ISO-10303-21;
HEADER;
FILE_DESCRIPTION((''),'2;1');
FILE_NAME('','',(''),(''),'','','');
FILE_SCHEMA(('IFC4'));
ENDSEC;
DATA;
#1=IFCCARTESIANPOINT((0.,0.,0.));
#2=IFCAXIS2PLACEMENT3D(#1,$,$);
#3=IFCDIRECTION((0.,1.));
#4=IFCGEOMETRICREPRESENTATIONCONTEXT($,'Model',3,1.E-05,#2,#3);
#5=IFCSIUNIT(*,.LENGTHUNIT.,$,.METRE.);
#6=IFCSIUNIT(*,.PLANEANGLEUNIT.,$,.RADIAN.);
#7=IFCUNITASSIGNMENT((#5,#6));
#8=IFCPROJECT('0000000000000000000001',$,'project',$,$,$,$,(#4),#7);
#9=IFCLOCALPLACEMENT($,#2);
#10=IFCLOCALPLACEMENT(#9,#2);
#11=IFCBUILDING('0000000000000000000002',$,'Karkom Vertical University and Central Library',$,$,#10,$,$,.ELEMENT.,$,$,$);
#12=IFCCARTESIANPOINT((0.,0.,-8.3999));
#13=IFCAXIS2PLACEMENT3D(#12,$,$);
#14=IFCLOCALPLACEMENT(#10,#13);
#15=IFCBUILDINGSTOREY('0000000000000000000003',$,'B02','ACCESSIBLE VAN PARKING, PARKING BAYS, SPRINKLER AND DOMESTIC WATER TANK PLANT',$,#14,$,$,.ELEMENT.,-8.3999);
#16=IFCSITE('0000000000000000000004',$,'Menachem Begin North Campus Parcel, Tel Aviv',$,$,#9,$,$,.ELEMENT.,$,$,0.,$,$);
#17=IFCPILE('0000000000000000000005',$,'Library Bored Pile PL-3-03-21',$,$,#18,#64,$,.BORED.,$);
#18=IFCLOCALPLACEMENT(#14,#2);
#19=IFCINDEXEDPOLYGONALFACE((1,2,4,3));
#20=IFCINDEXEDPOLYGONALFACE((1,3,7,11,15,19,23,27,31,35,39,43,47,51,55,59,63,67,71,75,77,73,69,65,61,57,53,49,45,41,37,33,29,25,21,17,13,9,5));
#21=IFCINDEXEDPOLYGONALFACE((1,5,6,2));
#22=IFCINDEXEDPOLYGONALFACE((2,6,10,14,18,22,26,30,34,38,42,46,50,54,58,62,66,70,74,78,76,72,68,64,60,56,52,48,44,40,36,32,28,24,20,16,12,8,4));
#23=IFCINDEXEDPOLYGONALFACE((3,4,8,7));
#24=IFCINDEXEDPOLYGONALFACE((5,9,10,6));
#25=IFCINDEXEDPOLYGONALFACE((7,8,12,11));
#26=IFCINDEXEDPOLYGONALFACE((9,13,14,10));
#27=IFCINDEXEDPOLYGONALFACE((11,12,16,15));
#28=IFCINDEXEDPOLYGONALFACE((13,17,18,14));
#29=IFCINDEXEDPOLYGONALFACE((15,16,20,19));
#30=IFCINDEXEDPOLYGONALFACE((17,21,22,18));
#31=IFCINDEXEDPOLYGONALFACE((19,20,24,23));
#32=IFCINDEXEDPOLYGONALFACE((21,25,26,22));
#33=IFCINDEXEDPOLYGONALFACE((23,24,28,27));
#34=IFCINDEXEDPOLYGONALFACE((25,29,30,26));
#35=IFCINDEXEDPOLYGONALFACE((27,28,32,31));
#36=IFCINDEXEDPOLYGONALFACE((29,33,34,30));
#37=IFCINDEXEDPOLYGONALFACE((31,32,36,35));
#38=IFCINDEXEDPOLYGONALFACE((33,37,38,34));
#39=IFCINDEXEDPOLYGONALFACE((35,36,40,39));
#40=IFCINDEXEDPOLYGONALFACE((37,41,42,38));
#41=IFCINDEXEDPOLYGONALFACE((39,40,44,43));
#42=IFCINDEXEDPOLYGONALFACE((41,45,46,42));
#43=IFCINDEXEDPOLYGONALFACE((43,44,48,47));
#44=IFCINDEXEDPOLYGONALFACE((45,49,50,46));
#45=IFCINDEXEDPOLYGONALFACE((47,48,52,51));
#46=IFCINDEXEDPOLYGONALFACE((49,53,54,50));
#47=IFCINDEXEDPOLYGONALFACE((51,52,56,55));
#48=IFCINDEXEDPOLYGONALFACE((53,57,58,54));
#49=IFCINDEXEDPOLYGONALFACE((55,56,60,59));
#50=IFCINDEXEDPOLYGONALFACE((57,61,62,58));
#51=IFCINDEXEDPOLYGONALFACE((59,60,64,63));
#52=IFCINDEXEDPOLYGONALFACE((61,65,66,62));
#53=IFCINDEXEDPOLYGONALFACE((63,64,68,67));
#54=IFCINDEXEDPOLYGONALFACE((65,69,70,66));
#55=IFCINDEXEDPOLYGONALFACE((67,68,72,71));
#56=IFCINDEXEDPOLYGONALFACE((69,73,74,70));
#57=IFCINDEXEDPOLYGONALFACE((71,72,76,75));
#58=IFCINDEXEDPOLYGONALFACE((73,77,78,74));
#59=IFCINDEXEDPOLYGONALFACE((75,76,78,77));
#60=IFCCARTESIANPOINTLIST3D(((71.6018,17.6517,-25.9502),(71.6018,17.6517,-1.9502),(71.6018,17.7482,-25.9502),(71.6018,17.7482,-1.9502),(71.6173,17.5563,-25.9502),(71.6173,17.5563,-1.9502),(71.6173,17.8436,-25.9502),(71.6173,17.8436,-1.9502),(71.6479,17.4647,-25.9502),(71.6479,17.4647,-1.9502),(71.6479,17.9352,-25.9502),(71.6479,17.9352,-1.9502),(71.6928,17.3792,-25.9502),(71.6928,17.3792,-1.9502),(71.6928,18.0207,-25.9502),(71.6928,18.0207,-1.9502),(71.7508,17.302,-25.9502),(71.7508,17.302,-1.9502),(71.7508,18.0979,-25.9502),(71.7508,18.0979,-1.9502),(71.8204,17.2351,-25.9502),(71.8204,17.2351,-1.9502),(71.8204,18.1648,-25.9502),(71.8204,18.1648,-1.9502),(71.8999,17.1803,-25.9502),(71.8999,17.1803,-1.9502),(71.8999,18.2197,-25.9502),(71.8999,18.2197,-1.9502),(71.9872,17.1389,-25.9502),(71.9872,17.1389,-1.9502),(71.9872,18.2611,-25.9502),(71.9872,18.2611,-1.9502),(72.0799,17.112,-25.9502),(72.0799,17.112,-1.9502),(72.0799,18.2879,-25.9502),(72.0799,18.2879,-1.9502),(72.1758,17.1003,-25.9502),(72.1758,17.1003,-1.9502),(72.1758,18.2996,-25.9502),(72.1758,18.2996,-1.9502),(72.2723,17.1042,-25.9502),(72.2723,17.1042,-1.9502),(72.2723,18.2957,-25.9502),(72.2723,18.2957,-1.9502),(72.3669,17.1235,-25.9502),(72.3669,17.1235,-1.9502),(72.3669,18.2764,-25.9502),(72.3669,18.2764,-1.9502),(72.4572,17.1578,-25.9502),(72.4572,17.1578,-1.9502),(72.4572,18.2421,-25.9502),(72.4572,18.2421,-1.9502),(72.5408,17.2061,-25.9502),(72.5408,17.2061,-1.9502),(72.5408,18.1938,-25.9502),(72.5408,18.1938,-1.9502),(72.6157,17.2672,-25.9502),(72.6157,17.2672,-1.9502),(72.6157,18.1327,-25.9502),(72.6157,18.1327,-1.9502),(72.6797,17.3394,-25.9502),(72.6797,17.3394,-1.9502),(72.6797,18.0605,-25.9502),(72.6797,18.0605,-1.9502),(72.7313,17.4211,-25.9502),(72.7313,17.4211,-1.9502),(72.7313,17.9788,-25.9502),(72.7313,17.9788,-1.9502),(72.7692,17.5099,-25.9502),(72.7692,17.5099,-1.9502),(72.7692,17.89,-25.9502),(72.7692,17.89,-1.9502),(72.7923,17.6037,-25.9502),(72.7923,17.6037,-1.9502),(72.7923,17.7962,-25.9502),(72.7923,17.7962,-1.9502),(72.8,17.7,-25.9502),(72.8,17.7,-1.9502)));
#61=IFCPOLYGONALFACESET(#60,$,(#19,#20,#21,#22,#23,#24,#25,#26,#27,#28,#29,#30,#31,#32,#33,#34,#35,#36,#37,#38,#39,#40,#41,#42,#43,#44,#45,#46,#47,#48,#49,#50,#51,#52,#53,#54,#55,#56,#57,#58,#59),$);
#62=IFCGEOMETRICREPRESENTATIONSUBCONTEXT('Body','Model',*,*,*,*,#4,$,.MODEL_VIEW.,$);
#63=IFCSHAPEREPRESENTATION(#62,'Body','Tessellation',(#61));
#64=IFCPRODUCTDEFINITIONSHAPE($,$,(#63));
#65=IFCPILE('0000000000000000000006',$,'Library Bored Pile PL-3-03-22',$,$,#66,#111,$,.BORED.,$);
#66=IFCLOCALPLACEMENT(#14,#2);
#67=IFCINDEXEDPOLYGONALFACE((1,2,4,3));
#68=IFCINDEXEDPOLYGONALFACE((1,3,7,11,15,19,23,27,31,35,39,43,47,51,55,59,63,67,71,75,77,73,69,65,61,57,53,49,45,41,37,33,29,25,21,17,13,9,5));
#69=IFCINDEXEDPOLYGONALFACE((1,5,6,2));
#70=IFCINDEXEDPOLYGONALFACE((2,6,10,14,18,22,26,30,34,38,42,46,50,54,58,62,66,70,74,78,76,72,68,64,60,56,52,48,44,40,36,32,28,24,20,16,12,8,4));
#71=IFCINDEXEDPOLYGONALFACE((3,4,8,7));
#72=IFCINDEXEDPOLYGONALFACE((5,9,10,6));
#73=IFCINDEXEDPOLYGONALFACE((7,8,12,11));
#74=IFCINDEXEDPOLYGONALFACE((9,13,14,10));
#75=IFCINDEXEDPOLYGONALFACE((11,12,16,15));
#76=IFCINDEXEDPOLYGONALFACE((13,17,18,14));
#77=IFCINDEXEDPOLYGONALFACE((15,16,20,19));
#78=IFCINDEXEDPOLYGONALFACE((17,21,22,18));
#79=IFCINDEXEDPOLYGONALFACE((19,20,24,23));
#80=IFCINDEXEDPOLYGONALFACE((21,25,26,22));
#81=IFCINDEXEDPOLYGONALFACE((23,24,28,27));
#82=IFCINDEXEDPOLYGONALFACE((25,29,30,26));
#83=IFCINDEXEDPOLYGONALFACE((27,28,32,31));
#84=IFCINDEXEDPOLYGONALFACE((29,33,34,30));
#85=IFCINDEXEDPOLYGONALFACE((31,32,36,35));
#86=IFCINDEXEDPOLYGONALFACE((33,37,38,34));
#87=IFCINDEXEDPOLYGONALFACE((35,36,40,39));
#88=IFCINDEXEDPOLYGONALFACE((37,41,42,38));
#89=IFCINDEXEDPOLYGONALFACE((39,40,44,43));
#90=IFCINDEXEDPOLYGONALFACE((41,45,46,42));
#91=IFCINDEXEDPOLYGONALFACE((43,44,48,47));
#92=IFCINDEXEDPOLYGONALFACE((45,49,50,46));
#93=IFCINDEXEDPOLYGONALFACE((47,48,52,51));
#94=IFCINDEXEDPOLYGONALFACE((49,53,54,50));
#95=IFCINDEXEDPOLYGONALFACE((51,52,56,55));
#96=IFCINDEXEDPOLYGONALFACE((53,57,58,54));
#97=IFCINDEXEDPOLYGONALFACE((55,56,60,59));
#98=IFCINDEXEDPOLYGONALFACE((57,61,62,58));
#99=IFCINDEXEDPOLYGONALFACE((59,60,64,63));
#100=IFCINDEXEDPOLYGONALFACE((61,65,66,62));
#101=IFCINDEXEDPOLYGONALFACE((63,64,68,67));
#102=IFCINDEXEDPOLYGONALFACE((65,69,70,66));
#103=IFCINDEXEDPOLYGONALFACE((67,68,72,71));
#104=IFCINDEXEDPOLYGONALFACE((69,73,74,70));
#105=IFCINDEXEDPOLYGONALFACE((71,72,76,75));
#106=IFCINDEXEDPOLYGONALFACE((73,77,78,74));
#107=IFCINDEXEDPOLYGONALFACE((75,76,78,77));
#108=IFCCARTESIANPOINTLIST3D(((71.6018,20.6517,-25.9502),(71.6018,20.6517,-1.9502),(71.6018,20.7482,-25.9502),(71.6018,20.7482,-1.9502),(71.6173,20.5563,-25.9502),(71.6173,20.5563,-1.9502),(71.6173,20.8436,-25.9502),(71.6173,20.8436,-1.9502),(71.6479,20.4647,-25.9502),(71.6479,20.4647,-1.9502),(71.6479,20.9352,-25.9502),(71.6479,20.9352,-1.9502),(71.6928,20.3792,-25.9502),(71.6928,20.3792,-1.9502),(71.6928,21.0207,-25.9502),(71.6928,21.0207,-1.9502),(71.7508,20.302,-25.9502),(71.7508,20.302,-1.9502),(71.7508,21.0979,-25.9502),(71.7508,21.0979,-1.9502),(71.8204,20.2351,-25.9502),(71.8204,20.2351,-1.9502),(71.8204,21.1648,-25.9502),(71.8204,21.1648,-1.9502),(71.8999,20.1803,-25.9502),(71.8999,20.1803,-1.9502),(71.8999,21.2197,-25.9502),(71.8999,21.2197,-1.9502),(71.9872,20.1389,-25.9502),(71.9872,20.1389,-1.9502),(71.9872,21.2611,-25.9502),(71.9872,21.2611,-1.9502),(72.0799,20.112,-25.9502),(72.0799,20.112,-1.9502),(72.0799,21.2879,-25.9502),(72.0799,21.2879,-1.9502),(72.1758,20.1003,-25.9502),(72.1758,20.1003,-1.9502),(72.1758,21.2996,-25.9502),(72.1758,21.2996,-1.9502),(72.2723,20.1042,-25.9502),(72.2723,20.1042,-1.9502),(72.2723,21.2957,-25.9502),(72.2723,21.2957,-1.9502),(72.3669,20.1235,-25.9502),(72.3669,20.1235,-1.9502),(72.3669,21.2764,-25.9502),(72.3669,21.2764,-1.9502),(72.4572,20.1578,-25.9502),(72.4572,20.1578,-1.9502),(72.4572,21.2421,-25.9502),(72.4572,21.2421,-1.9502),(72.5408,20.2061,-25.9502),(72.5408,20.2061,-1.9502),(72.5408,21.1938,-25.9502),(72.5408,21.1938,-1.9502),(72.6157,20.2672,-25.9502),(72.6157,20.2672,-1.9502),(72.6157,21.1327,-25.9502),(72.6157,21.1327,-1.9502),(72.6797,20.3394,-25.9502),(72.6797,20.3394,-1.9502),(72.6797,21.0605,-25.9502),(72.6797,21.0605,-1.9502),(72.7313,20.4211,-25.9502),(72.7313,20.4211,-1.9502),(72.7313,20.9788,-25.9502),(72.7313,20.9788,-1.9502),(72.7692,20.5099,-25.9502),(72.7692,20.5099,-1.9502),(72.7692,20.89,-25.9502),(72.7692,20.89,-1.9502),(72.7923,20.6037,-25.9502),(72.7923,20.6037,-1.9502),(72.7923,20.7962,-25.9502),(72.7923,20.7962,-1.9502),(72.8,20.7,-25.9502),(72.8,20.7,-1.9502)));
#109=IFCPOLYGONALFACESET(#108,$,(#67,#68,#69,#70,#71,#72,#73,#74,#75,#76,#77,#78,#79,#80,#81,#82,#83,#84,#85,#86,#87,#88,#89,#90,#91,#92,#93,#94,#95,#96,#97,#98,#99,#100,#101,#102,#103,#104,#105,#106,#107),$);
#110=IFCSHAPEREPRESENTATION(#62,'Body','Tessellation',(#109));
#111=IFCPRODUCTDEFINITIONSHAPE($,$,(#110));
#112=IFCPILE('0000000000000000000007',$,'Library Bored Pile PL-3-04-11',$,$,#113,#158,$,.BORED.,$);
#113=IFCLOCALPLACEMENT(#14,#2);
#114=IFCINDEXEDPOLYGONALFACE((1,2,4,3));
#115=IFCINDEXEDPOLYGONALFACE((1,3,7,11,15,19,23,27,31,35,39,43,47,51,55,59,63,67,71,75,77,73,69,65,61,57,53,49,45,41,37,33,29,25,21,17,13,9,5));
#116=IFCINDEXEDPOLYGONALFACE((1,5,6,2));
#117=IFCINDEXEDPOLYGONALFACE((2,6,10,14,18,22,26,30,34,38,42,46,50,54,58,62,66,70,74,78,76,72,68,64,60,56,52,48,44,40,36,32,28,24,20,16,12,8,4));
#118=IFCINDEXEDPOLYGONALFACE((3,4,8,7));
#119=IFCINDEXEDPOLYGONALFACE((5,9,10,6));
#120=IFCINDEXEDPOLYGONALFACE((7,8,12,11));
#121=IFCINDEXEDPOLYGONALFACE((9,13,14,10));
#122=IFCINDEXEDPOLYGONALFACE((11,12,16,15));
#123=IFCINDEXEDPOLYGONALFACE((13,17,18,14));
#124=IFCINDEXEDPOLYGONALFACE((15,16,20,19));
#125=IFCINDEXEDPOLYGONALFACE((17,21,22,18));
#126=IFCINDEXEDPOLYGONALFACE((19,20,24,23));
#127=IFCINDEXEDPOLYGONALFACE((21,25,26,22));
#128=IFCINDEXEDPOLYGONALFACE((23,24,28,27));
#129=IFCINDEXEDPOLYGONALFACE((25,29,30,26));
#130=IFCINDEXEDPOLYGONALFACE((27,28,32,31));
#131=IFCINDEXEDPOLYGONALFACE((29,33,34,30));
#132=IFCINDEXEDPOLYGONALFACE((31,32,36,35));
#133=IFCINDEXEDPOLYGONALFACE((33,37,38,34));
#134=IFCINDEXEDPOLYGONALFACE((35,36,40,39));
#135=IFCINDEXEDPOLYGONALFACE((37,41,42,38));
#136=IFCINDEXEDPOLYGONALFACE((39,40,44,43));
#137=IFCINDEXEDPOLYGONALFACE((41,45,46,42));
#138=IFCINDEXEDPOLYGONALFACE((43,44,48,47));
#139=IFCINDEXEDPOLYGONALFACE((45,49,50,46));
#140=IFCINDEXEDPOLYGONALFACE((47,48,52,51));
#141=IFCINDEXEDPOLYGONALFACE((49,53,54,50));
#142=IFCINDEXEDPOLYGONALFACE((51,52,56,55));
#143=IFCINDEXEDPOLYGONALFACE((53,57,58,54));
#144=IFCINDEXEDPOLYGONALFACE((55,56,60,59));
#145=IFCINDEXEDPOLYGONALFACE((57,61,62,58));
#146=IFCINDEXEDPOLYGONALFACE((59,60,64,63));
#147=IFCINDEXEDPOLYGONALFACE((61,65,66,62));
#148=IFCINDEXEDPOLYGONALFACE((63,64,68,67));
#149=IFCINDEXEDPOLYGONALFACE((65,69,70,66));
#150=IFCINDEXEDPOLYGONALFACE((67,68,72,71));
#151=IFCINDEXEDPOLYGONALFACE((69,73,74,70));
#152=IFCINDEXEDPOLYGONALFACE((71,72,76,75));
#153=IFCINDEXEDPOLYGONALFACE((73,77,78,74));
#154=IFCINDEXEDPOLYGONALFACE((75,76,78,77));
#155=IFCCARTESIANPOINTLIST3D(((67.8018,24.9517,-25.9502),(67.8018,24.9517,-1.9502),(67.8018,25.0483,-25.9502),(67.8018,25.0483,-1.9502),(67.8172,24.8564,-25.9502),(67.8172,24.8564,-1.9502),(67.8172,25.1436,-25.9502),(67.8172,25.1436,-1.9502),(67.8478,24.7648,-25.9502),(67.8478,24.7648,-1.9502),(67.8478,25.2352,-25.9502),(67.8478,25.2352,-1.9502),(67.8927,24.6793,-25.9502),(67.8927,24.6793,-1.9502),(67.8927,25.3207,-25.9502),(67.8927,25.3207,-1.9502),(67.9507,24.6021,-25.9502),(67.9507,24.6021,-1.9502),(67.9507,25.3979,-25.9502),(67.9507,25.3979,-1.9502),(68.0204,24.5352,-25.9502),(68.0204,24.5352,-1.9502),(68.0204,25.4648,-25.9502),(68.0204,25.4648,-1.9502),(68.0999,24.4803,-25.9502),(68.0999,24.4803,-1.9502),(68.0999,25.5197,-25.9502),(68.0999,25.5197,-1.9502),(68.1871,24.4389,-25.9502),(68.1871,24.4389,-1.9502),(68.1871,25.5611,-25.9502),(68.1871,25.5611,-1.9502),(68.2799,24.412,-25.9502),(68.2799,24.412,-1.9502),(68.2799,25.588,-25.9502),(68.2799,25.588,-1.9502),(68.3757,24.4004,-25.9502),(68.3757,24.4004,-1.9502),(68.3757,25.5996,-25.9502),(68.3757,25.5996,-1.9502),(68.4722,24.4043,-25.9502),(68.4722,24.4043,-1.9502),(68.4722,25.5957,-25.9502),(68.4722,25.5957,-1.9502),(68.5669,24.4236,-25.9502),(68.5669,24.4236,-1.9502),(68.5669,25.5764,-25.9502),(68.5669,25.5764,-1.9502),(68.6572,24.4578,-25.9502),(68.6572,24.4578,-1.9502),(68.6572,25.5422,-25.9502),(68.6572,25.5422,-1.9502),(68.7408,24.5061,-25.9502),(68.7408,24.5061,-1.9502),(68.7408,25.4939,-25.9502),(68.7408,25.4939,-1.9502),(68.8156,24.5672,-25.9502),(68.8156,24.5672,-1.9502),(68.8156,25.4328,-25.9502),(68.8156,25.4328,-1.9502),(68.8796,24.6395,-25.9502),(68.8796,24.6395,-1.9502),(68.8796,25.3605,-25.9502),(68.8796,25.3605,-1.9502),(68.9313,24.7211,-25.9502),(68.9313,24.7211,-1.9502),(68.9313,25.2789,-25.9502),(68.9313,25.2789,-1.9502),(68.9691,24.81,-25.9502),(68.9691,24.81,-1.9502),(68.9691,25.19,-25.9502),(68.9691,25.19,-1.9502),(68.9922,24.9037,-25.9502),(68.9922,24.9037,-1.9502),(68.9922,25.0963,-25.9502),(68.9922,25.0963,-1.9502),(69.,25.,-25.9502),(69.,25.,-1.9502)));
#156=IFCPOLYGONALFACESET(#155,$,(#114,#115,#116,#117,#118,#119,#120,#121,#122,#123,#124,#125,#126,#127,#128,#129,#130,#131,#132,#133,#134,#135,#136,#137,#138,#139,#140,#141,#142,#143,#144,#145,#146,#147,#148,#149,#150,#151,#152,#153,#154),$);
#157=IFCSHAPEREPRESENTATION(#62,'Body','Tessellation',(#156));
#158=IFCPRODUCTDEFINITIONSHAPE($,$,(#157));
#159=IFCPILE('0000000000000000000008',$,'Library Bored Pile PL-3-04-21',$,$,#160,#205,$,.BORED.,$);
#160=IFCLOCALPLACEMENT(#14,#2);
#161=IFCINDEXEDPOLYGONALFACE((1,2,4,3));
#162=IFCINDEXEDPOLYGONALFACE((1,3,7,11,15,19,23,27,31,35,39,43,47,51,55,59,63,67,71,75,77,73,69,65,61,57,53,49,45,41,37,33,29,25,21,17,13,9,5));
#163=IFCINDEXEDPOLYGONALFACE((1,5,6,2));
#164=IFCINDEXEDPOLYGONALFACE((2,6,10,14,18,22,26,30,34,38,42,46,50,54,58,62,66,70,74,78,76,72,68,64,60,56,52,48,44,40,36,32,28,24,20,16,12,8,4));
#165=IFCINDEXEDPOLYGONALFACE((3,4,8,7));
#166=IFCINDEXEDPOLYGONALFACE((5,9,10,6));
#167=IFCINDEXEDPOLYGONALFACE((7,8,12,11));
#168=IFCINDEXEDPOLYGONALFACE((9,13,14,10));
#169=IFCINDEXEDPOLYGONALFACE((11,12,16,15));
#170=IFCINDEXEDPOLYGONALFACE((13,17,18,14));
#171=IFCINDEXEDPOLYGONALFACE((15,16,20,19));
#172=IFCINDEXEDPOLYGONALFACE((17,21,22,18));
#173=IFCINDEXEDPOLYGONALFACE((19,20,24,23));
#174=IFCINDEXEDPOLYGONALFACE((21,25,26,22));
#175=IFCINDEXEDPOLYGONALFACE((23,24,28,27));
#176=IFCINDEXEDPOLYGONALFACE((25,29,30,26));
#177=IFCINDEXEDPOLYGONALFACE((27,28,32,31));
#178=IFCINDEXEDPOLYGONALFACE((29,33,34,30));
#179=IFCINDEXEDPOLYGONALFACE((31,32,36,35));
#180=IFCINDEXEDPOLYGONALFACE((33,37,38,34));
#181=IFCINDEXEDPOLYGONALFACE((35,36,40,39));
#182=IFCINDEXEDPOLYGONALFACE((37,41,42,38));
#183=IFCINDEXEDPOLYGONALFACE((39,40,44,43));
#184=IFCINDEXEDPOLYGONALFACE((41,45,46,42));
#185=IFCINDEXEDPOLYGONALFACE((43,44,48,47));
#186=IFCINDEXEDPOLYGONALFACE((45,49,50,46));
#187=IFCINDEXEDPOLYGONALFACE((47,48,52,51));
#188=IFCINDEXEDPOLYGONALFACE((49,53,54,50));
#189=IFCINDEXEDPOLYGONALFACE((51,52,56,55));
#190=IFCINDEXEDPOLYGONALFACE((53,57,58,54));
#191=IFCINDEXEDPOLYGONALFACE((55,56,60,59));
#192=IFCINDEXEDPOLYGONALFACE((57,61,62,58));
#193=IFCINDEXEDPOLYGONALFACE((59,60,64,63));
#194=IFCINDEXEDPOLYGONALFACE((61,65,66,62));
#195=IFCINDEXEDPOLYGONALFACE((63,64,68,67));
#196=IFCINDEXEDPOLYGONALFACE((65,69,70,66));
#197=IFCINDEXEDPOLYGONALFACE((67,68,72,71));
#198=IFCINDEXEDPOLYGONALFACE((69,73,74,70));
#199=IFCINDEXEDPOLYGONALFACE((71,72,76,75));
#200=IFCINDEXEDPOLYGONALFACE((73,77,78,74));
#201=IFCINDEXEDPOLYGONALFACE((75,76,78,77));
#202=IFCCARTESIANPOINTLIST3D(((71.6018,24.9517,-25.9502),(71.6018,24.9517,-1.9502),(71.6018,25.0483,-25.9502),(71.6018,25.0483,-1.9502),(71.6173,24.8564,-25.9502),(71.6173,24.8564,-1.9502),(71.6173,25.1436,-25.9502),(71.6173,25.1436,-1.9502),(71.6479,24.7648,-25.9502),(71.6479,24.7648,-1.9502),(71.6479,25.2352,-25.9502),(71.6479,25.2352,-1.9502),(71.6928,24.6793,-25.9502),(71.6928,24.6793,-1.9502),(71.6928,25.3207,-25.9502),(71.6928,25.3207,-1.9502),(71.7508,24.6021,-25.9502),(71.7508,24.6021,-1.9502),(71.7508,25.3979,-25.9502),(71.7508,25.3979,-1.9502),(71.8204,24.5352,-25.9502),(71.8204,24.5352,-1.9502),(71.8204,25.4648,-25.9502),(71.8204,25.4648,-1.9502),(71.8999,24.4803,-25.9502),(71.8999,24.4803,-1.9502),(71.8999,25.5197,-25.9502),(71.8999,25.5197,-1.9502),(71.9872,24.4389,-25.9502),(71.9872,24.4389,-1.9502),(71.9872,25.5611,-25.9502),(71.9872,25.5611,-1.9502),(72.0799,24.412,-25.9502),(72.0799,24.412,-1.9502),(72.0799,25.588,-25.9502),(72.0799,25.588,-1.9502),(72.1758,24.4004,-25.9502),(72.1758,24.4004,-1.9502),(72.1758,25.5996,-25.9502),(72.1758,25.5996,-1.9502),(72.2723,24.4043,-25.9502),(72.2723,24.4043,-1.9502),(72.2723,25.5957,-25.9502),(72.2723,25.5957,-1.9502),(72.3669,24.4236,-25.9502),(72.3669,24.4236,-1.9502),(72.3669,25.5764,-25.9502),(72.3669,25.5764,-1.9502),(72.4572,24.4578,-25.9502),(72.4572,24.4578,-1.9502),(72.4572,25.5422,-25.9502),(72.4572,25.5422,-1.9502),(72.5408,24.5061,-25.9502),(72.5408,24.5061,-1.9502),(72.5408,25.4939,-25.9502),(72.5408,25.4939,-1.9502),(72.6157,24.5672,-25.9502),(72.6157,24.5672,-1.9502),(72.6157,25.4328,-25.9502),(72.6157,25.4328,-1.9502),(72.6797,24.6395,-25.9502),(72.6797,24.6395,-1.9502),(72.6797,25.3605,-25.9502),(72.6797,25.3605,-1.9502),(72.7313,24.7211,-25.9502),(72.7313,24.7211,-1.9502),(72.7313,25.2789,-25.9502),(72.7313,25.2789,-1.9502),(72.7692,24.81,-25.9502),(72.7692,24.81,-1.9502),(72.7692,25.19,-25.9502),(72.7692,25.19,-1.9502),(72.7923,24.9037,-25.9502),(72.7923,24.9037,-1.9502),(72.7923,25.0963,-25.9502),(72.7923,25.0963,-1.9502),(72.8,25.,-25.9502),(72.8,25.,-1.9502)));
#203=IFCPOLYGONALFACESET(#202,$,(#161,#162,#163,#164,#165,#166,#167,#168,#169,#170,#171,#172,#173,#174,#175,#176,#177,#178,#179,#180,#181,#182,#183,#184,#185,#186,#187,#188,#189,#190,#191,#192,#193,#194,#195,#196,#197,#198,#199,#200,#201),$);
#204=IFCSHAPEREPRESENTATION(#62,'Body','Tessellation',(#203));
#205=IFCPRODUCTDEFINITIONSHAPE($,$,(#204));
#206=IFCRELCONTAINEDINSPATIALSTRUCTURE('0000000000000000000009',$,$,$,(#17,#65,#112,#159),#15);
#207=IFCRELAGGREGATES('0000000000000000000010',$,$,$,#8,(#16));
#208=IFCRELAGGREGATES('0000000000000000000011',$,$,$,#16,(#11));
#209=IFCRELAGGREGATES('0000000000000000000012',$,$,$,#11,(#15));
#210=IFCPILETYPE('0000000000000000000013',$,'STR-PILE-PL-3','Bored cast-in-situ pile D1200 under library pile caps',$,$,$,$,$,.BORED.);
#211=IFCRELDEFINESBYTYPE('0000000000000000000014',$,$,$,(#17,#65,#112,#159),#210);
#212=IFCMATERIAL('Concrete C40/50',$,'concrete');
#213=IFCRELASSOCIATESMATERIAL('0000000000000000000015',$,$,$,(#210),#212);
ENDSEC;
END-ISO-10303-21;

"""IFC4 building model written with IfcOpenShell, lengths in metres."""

from ifc_helpers import new_model, si_unit, direction, frame, origin, origin_with_axes, origin_2d, place, context, subcontext, project, spatial, circle, extrude, source, transform, mapped, material, material_profile, profile_set, type_object, element, save


model = new_model("IFC4")

# Units and contexts
model_context = context("Model", 3, precision=1e-05, world=origin(), true_north=direction((0.0, 1.0)))
body_context = subcontext(model_context, "Body", "Model", "MODEL_VIEW")
ifc_project = project(units=[si_unit("LENGTHUNIT", "METRE"), si_unit("PLANEANGLEUNIT", "RADIAN")], contexts=[model_context])

# Site, building, storey
site_placement = place(None, origin())
site = spatial("IfcSite", under=ifc_project, at=site_placement, Name="Menachem Begin North Campus Parcel, Tel Aviv", CompositionType="ELEMENT", RefElevation=0.0)
building_placement = place(site_placement, origin())
building = spatial("IfcBuilding", under=site, at=building_placement, Name="Karkom Vertical University and Central Library", CompositionType="ELEMENT")
storey_placement = place(building_placement, frame((0.0, 0.0, -8.3999)))
storey = spatial("IfcBuildingStorey", under=building, at=storey_placement, Name="B02", Description="ACCESSIBLE VAN PARKING, PARKING BAYS, SPRINKLER AND DOMESTIC WATER TANK PLANT", CompositionType="ELEMENT", Elevation=-8.3999)

# Piles
ifc_material_1 = material(Name="Concrete C40/50", Category="concrete")
ifc_material_profile_1 = material_profile(ifc_material_1, circle(Radius=0.6001, at=origin_2d()), Name="PILE-D1200")
ifc_profile_set_1 = profile_set([ifc_material_profile_1], Name="Concrete C40/50")
pile_type = type_object("IfcPileType", Name="STR-PILE-PL-3", Description="Bored cast-in-situ pile D1200 under library pile caps", PredefinedType="BORED", material=ifc_profile_set_1)
shared_shape_1 = source(origin_with_axes(), body_context, "Body", "SweptSolid", [
    extrude(circle(Radius=0.6001, at=origin_2d()), origin(), (0.0, 0.0, 1.0), 24.0),
])
for number, where, z_axis, x_axis, name in (
    (1, (72.2, 17.7, -1.9502), (0.0, 0.0, -1.0), (1.0, 0.0, 0.0), "Library Bored Pile PL-3-03-21"),
    (2, (72.2, 20.7, -1.9502), (0.0, 0.0, -1.0), (1.0, 0.0, 0.0), "Library Bored Pile PL-3-03-22"),
    (3, (68.3999, 25.0, -1.9502), (0.0, 0.0, -1.0), (1.0, 0.0, 0.0), "Library Bored Pile PL-3-04-11"),
    (4, (72.2, 25.0, -1.9502), (0.0, 0.0, -1.0), (1.0, 0.0, 0.0), "Library Bored Pile PL-3-04-21"),
):
    element("IfcPile", number, at=place(storey_placement, frame(where, z_axis=z_axis, x_axis=x_axis)), inside=storey, type_object=pile_type, Name=name, PredefinedType="BORED", context=body_context, shape_type="MappedRepresentation", body=[
        mapped(shared_shape_1, transform((0.0, 0.0, 0.0), scale=1.0)),
    ])

save(model, "model.ifc")
